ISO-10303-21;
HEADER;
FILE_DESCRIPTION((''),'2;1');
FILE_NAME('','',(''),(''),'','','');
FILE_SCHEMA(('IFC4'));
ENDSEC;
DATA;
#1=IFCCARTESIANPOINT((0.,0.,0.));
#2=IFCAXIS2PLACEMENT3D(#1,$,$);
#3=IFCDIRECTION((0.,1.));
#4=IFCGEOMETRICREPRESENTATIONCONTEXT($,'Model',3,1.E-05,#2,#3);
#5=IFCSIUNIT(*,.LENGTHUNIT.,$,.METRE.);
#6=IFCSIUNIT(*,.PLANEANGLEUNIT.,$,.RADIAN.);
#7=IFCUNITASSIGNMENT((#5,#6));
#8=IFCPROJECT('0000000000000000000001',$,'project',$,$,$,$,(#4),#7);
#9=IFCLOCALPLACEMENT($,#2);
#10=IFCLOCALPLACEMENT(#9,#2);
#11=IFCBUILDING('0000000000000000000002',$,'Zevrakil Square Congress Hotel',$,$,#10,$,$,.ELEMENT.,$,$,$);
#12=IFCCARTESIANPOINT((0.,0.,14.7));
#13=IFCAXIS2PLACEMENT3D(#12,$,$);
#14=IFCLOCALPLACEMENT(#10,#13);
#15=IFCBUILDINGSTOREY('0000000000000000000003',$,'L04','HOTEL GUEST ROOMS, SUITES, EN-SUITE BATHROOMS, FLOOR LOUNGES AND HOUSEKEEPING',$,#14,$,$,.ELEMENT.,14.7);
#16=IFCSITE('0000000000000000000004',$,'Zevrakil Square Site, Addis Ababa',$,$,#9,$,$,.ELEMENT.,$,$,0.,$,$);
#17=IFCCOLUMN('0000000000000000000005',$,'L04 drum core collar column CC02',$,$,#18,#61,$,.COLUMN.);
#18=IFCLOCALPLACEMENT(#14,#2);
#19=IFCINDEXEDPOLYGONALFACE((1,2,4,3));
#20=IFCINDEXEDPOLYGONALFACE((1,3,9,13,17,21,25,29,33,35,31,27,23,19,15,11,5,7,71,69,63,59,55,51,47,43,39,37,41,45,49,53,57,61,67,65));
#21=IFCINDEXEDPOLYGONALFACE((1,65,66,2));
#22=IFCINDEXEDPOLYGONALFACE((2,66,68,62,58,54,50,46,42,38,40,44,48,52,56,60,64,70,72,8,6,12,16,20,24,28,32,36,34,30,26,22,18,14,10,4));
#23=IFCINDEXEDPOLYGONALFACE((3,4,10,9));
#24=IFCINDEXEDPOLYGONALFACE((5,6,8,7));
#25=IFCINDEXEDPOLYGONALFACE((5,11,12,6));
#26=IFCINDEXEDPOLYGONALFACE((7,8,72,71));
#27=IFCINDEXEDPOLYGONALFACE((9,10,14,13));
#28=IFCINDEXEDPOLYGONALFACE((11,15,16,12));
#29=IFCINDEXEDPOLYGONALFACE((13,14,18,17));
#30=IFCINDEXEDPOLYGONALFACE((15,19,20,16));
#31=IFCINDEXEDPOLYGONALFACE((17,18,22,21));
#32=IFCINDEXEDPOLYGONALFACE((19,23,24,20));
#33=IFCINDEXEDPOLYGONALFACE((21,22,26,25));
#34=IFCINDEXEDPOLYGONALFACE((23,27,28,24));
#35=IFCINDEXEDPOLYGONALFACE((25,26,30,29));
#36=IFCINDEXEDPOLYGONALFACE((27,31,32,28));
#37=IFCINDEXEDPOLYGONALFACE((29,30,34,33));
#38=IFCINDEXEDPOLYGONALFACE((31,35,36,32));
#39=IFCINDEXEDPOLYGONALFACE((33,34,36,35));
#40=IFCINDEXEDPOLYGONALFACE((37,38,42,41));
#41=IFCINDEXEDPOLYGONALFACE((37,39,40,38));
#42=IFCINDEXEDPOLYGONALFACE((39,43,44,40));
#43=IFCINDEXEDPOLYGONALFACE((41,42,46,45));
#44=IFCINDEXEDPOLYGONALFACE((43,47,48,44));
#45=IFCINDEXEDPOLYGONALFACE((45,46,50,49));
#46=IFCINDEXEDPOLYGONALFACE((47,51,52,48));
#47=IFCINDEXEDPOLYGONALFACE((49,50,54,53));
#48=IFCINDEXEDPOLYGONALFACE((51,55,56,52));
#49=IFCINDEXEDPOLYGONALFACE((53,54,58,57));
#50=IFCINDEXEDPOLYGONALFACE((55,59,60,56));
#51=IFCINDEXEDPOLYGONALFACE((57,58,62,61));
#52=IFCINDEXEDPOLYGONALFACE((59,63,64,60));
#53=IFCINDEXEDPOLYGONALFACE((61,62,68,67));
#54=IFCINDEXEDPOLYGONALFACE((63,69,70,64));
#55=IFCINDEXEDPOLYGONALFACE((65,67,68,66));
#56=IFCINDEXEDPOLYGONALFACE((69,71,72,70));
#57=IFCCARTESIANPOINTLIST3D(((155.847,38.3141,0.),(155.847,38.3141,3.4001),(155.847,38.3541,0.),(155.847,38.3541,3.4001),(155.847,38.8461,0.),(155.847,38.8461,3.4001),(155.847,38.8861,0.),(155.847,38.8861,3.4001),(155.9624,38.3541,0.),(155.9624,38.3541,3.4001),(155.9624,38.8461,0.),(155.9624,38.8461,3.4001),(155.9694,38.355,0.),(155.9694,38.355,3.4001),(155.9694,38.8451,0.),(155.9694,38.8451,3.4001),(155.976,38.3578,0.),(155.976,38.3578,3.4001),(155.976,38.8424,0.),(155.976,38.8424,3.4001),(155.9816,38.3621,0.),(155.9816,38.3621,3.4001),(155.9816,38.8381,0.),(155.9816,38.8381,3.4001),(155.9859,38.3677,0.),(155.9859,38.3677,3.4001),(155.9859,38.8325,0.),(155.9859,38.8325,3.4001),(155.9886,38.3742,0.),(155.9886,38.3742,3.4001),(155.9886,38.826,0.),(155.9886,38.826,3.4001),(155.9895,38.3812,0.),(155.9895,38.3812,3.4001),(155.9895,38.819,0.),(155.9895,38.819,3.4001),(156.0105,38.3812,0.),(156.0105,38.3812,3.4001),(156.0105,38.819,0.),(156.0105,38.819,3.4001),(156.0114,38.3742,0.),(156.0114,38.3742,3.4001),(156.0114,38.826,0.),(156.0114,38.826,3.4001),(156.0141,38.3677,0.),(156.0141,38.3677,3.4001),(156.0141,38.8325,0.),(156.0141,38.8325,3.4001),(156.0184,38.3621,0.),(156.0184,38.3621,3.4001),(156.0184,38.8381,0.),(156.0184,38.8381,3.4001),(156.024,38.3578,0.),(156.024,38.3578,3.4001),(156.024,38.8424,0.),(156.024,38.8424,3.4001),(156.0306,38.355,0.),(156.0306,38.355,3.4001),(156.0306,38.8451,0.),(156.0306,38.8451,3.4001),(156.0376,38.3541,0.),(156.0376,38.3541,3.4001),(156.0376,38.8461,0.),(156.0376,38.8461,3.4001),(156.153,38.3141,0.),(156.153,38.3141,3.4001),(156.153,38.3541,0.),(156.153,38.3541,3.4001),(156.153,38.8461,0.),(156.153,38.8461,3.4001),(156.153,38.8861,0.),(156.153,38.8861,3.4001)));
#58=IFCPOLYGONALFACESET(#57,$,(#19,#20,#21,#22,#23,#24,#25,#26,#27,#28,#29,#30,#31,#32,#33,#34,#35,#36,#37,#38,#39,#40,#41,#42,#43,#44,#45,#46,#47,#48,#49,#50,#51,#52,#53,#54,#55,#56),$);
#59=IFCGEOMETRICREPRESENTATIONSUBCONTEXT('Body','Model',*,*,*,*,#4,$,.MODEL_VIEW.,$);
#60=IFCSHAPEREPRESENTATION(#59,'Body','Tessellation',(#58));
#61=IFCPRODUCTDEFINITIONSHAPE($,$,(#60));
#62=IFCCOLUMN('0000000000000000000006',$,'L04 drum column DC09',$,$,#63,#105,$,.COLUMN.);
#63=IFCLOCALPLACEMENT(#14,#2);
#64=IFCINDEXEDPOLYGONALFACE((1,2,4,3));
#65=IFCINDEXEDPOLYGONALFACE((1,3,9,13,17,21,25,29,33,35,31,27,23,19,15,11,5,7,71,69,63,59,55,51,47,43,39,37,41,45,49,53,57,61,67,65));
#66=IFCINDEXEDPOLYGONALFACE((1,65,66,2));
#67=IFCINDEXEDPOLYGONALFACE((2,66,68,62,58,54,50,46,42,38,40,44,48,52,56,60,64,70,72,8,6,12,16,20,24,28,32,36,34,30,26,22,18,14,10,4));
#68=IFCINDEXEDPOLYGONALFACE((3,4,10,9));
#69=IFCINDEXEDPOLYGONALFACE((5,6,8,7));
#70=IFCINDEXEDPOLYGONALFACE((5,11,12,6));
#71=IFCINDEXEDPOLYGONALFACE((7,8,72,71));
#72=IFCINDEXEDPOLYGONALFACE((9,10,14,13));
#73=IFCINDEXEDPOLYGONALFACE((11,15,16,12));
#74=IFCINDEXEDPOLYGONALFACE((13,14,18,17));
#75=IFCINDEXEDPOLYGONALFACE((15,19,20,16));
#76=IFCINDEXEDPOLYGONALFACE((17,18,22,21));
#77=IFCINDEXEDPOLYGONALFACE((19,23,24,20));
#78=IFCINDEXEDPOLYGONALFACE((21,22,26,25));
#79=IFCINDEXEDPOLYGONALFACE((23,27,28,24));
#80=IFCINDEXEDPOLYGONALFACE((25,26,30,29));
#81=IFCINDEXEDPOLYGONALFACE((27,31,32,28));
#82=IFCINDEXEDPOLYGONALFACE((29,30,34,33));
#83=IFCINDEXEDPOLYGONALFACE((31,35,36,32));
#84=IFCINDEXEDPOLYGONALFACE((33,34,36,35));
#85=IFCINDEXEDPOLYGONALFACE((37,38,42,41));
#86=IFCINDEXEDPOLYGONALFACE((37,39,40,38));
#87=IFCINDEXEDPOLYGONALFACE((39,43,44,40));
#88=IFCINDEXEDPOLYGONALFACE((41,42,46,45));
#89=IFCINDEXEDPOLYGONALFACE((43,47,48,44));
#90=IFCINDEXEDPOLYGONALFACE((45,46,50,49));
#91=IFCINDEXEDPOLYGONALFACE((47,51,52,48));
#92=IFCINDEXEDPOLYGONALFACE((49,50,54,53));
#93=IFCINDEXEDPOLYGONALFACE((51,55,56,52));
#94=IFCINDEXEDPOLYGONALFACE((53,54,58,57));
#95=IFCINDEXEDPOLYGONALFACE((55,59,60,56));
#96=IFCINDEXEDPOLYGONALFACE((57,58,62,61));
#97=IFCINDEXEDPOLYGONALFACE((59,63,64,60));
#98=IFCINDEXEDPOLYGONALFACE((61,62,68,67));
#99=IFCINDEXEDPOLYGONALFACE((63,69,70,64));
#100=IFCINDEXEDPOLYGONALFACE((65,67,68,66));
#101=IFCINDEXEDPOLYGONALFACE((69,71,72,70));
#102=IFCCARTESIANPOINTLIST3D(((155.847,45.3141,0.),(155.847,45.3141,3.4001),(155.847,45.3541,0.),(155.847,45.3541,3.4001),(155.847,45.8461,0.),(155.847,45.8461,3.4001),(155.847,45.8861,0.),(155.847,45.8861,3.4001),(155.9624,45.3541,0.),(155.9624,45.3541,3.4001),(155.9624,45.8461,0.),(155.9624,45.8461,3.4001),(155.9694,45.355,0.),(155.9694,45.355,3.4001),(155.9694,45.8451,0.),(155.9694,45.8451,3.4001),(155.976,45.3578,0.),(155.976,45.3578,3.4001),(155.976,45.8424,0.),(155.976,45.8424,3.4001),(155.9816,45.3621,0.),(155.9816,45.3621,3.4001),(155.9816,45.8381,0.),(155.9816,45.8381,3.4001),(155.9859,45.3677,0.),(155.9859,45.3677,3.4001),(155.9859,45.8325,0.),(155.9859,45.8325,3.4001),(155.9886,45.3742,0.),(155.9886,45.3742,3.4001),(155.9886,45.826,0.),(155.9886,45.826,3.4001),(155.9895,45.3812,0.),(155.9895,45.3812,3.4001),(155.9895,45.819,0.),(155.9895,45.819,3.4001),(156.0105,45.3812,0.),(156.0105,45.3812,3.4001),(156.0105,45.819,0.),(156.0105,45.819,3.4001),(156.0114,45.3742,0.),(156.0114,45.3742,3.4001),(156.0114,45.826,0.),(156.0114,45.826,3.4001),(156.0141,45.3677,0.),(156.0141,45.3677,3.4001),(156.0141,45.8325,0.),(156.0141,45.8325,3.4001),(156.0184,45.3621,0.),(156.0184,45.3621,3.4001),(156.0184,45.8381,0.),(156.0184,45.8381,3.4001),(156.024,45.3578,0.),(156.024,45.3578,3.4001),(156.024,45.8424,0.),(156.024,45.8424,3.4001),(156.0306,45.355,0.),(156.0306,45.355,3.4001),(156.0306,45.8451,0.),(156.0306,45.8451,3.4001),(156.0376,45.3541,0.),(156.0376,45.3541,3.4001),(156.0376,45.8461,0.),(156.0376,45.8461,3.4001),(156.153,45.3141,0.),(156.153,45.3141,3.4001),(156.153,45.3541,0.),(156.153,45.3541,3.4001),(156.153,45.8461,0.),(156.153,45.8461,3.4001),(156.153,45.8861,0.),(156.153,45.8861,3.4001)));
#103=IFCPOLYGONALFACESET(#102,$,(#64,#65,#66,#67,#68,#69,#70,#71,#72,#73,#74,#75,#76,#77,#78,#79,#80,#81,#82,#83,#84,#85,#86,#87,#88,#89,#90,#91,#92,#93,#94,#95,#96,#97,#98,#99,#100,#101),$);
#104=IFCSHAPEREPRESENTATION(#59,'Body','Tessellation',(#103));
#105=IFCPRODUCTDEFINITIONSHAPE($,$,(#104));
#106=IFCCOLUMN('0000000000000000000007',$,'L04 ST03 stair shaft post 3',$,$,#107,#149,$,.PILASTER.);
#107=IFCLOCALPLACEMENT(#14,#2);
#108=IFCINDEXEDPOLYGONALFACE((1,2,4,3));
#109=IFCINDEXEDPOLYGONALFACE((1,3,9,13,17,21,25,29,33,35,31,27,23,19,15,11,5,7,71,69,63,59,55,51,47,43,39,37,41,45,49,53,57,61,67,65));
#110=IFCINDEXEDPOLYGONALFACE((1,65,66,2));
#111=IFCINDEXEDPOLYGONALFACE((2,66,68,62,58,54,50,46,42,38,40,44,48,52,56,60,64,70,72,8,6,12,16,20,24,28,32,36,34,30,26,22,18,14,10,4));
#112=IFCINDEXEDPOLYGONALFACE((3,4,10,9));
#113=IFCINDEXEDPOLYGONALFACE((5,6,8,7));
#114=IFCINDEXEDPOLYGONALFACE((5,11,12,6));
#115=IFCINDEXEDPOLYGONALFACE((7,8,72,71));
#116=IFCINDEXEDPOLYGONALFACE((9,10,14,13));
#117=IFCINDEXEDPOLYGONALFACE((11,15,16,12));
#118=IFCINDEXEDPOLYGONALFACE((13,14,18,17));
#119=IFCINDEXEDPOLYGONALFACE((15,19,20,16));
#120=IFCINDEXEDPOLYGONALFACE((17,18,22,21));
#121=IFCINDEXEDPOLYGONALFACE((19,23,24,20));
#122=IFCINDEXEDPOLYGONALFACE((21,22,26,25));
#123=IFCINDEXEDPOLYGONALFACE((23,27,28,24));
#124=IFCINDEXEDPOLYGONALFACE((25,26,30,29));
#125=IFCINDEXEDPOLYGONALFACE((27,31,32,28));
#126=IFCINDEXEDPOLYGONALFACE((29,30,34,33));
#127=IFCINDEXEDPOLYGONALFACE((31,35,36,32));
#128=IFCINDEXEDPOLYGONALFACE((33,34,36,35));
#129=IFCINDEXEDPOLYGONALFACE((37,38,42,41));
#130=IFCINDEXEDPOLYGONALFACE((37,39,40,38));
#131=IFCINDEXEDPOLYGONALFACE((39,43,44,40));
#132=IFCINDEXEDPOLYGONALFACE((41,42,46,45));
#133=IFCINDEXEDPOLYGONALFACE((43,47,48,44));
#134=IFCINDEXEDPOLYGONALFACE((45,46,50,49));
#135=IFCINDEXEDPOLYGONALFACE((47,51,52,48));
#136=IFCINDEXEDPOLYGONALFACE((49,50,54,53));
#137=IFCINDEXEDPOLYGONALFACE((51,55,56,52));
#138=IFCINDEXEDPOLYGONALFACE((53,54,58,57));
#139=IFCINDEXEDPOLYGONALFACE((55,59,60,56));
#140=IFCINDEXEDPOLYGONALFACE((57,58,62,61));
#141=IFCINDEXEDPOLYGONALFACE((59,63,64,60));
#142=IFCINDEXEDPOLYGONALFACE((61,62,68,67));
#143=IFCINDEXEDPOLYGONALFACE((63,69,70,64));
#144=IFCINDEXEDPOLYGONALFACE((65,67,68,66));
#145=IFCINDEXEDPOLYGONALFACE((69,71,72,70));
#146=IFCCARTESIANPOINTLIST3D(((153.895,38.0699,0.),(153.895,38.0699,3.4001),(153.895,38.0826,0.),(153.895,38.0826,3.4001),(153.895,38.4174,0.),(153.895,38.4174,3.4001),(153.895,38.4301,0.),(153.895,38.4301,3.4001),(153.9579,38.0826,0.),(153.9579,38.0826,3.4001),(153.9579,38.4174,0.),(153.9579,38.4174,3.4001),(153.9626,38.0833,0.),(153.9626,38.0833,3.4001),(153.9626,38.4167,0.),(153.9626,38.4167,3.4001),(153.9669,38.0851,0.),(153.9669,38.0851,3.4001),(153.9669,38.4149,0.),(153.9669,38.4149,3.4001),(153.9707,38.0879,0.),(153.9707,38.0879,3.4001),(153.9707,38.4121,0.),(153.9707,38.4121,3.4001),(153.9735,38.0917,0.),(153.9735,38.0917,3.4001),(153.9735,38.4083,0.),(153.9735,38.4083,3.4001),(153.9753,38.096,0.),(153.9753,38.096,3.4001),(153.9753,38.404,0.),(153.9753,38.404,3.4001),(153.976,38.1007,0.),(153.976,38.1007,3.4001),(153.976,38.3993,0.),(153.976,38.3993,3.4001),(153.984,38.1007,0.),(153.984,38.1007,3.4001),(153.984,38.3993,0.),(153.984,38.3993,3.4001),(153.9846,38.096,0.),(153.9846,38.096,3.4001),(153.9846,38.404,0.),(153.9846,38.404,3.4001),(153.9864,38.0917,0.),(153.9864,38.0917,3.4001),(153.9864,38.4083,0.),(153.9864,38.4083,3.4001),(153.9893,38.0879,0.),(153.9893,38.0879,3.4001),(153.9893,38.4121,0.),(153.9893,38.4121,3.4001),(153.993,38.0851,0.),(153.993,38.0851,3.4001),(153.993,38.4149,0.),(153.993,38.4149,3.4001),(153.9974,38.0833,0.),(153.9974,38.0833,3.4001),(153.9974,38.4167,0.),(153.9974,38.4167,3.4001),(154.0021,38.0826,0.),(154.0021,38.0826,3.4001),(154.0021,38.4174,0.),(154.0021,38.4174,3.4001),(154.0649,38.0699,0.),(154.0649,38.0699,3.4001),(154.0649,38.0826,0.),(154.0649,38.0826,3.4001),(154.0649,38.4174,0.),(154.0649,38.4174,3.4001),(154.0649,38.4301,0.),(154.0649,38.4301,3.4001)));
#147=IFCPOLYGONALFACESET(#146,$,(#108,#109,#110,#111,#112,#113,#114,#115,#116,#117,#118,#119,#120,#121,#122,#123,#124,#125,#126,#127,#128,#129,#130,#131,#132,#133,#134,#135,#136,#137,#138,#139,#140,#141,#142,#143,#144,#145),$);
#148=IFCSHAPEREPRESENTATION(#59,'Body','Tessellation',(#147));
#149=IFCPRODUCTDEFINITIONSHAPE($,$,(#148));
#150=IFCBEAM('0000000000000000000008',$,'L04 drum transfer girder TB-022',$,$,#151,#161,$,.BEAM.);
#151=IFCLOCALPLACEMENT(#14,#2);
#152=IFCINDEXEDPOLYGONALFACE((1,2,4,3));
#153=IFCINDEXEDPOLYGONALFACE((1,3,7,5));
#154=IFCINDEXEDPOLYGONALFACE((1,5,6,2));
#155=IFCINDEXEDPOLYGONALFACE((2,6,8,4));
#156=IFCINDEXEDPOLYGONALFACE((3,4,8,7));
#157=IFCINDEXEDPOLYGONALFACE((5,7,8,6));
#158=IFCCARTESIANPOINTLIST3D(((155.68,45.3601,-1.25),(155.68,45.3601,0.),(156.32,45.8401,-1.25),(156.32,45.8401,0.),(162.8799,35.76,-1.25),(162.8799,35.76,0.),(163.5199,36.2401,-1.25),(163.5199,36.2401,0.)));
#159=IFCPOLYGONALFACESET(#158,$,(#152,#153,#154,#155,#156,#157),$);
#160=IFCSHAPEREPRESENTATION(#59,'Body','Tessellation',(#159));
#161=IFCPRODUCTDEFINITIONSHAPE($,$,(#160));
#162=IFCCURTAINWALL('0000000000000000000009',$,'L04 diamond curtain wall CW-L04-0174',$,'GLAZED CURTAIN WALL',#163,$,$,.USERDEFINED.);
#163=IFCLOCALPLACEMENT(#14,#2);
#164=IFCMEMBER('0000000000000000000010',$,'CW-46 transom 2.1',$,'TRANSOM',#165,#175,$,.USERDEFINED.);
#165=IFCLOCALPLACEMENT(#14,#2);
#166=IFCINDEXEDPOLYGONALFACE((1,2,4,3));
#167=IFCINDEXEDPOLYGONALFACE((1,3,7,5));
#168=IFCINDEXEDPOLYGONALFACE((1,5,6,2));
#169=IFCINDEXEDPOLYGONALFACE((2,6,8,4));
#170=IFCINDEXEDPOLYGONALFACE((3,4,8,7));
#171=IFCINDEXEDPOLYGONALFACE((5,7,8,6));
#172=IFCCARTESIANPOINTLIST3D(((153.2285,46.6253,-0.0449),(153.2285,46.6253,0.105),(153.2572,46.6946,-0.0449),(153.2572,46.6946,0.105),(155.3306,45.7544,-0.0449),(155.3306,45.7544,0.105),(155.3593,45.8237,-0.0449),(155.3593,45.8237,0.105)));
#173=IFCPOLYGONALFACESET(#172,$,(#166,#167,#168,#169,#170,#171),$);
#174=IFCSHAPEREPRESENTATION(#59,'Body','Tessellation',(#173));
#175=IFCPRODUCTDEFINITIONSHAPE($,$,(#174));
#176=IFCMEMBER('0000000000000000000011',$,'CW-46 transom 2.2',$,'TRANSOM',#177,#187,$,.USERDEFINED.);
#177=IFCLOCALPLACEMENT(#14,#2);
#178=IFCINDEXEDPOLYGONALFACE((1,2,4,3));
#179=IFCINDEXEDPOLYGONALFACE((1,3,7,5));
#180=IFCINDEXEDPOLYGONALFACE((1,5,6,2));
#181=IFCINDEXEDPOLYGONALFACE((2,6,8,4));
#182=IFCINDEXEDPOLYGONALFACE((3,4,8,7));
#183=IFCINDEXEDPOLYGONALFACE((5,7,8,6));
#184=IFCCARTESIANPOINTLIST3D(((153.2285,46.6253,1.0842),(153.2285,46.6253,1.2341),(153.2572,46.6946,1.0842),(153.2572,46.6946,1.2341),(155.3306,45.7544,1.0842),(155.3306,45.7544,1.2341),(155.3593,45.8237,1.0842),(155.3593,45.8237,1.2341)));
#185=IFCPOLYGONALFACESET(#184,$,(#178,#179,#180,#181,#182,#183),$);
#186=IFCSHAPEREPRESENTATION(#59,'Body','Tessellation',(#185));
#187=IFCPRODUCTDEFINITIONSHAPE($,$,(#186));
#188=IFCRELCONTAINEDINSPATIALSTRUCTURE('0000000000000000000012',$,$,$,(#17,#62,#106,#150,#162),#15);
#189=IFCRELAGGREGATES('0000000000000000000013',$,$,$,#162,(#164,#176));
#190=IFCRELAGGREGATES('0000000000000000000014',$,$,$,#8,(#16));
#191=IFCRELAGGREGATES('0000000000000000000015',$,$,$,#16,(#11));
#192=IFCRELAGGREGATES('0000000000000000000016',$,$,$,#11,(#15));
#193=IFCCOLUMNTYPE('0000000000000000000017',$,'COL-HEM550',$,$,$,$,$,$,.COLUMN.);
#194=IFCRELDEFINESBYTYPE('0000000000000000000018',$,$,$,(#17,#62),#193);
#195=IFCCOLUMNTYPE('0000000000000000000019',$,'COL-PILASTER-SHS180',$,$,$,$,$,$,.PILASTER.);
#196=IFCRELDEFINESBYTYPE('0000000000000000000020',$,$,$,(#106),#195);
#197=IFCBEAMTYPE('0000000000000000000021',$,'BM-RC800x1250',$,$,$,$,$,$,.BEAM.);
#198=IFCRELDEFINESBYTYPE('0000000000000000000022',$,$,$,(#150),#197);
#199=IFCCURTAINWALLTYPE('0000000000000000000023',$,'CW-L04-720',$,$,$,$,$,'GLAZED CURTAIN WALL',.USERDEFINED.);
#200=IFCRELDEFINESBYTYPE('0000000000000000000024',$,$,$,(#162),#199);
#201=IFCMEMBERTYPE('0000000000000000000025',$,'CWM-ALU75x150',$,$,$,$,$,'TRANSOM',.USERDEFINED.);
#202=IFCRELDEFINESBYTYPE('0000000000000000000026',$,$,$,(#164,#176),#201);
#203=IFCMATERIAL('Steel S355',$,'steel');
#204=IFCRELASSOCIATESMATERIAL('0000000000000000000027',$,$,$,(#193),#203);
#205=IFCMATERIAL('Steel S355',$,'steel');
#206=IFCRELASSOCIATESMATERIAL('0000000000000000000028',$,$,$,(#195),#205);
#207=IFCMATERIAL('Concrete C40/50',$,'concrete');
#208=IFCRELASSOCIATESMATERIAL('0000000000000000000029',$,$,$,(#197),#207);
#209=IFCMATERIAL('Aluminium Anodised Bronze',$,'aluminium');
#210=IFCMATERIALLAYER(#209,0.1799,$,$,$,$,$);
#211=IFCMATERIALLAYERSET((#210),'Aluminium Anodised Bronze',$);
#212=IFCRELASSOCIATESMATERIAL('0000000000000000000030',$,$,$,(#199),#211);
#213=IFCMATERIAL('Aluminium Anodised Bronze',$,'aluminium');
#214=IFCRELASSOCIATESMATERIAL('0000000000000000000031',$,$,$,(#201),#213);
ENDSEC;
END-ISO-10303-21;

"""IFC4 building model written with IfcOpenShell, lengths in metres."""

from ifc_helpers import new_model, si_unit, direction, frame, origin, origin_2d, place, context, subcontext, project, spatial, rectangle, i_section, extrude, material, layer, layer_set, material_profile, profile_set, type_object, element, aggregate, save


model = new_model("IFC4")

# Units and contexts
model_context = context("Model", 3, precision=1e-05, world=origin(), true_north=direction((0.0, 1.0)))
body_context = subcontext(model_context, "Body", "Model", "MODEL_VIEW")
ifc_project = project(units=[si_unit("LENGTHUNIT", "METRE"), si_unit("PLANEANGLEUNIT", "RADIAN")], contexts=[model_context])

# Site, building, storey
site_placement = place(None, origin())
site = spatial("IfcSite", under=ifc_project, at=site_placement, Name="Zevrakil Square Site, Addis Ababa", CompositionType="ELEMENT", RefElevation=0.0)
building_placement = place(site_placement, origin())
building = spatial("IfcBuilding", under=site, at=building_placement, Name="Zevrakil Square Congress Hotel", CompositionType="ELEMENT")
storey_placement = place(building_placement, frame((0.0, 0.0, 14.7)))
storey = spatial("IfcBuildingStorey", under=building, at=storey_placement, Name="L04", Description="HOTEL GUEST ROOMS, SUITES, EN-SUITE BATHROOMS, FLOOR LOUNGES AND HOUSEKEEPING", CompositionType="ELEMENT", Elevation=14.7)

# Columns
ifc_material_1 = material(Name="Steel S355", Category="steel")
ifc_material_profile_1 = material_profile(ifc_material_1, i_section(OverallWidth=0.3059, OverallDepth=0.572, WebThickness=0.021, FlangeThickness=0.04, FilletRadius=0.0271, at=origin_2d()), Name="HEM 550")
ifc_profile_set_1 = profile_set([ifc_material_profile_1], Name="Steel S355")
column_type_1 = type_object("IfcColumnType", Name="COL-HEM550", PredefinedType="COLUMN", material=ifc_profile_set_1)
for number, where, z_axis, x_axis, name in (
    (1, (156.0, 38.6001, 0.0), (0.0, 0.0, 1.0), (1.0, 0.0, 0.0), "L04 drum core collar column CC02"),
    (2, (156.0, 45.6001, 0.0), (0.0, 0.0, 1.0), (1.0, 0.0, 0.0), "L04 drum column DC09"),
):
    element("IfcColumn", number, at=place(storey_placement, frame(where, z_axis=z_axis, x_axis=x_axis)), inside=storey, type_object=column_type_1, Name=name, PredefinedType="COLUMN", context=body_context, shape_type="SweptSolid", body=[
        extrude(i_section(OverallWidth=0.3059, OverallDepth=0.572, WebThickness=0.021, FlangeThickness=0.04, FilletRadius=0.0271, at=origin_2d()), origin(), (0.0, 0.0, 1.0), 3.4001),
    ])
ifc_material_2 = material(Name="Steel S355", Category="steel")
ifc_material_profile_2 = material_profile(ifc_material_2, i_section(OverallWidth=0.1699, OverallDepth=0.3601, WebThickness=0.0081, FlangeThickness=0.0127, FilletRadius=0.0181, at=origin_2d()), Name="IPE 360")
ifc_profile_set_2 = profile_set([ifc_material_profile_2], Name="Steel S355")
column_type_2 = type_object("IfcColumnType", Name="COL-PILASTER-SHS180", PredefinedType="PILASTER", material=ifc_profile_set_2)
column_placement = place(storey_placement, frame((153.98, 38.25, 0.0), z_axis=(0.0, 0.0, 1.0), x_axis=(1.0, 0.0, 0.0)))
element("IfcColumn", 3, at=column_placement, inside=storey, type_object=column_type_2, Name="L04 ST03 stair shaft post 3", PredefinedType="PILASTER", context=body_context, shape_type="SweptSolid", body=[
    extrude(i_section(OverallWidth=0.1699, OverallDepth=0.3601, WebThickness=0.0081, FlangeThickness=0.0127, FilletRadius=0.0181, at=origin_2d()), origin(), (0.0, 0.0, 1.0), 3.4001),
])

# Beam
ifc_material_3 = material(Name="Concrete C40/50", Category="concrete")
ifc_material_profile_3 = material_profile(ifc_material_3, rectangle(XDim=0.8, YDim=1.25, at=origin_2d()), Name="RC 800x1250")
ifc_profile_set_3 = profile_set([ifc_material_profile_3], Name="Concrete C40/50")
beam_type = type_object("IfcBeamType", Name="BM-RC800x1250", PredefinedType="BEAM", material=ifc_profile_set_3)
beam_placement = place(storey_placement, frame((156.0, 45.6001, -0.625), z_axis=(0.599993, -0.800005, 0.0), x_axis=(0.800005, 0.599993, 0.0)))
element("IfcBeam", 4, at=beam_placement, inside=storey, type_object=beam_type, Name="L04 drum transfer girder TB-022", PredefinedType="BEAM", context=body_context, shape_type="SweptSolid", body=[
    extrude(rectangle(XDim=0.8, YDim=1.25, at=origin_2d()), origin(), (0.0, 0.0, 1.0), 12.0),
])

# Curtain wall, members
ifc_material_4 = material(Name="Aluminium Anodised Bronze", Category="aluminium")
ifc_layer_1 = layer(ifc_material_4, 0.1799)
ifc_layer_set_1 = layer_set([ifc_layer_1], Name="Aluminium Anodised Bronze")
curtain_wall_type = type_object("IfcCurtainWallType", Name="CW-L04-720", ElementType="GLAZED CURTAIN WALL", PredefinedType="USERDEFINED", material=ifc_layer_set_1)
curtain_wall_placement = place(storey_placement, origin())
curtain_wall = element("IfcCurtainWall", 5, at=curtain_wall_placement, inside=storey, type_object=curtain_wall_type, Name="L04 diamond curtain wall CW-L04-0174", ObjectType="GLAZED CURTAIN WALL", PredefinedType="USERDEFINED")
ifc_material_5 = material(Name="Aluminium Anodised Bronze", Category="aluminium")
ifc_material_profile_4 = material_profile(ifc_material_5, rectangle(XDim=0.075, YDim=0.1499, at=origin_2d()), Name="ALU 75x150")
ifc_profile_set_4 = profile_set([ifc_material_profile_4], Name="Aluminium Anodised Bronze")
member_type_1 = type_object("IfcMemberType", Name="CWM-ALU75x150", ElementType="TRANSOM", PredefinedType="USERDEFINED", material=ifc_profile_set_4)
member_1_placement = place(storey_placement, frame((155.345, 45.7891, 0.03), z_axis=(-0.923856, 0.38274, 0.0), x_axis=(-0.38274, -0.923856, 0.0)))
member_1 = element("IfcMember", 6, at=member_1_placement, type_object=member_type_1, Name="CW-46 transom 2.1", ObjectType="TRANSOM", PredefinedType="USERDEFINED", context=body_context, shape_type="SweptSolid", body=[
    extrude(rectangle(XDim=0.075, YDim=0.1499, at=origin_2d()), origin(), (0.0, 0.0, 1.0), 2.2754),
])
member_2_placement = place(storey_placement, frame((155.345, 45.7891, 1.1592), z_axis=(-0.923856, 0.38274, 0.0), x_axis=(-0.38274, -0.923856, 0.0)))
member_2 = element("IfcMember", 7, at=member_2_placement, type_object=member_type_1, Name="CW-46 transom 2.2", ObjectType="TRANSOM", PredefinedType="USERDEFINED", context=body_context, shape_type="SweptSolid", body=[
    extrude(rectangle(XDim=0.075, YDim=0.1499, at=origin_2d()), origin(), (0.0, 0.0, 1.0), 2.2754),
])
aggregate(curtain_wall, [member_1, member_2])

save(model, "model.ifc")
